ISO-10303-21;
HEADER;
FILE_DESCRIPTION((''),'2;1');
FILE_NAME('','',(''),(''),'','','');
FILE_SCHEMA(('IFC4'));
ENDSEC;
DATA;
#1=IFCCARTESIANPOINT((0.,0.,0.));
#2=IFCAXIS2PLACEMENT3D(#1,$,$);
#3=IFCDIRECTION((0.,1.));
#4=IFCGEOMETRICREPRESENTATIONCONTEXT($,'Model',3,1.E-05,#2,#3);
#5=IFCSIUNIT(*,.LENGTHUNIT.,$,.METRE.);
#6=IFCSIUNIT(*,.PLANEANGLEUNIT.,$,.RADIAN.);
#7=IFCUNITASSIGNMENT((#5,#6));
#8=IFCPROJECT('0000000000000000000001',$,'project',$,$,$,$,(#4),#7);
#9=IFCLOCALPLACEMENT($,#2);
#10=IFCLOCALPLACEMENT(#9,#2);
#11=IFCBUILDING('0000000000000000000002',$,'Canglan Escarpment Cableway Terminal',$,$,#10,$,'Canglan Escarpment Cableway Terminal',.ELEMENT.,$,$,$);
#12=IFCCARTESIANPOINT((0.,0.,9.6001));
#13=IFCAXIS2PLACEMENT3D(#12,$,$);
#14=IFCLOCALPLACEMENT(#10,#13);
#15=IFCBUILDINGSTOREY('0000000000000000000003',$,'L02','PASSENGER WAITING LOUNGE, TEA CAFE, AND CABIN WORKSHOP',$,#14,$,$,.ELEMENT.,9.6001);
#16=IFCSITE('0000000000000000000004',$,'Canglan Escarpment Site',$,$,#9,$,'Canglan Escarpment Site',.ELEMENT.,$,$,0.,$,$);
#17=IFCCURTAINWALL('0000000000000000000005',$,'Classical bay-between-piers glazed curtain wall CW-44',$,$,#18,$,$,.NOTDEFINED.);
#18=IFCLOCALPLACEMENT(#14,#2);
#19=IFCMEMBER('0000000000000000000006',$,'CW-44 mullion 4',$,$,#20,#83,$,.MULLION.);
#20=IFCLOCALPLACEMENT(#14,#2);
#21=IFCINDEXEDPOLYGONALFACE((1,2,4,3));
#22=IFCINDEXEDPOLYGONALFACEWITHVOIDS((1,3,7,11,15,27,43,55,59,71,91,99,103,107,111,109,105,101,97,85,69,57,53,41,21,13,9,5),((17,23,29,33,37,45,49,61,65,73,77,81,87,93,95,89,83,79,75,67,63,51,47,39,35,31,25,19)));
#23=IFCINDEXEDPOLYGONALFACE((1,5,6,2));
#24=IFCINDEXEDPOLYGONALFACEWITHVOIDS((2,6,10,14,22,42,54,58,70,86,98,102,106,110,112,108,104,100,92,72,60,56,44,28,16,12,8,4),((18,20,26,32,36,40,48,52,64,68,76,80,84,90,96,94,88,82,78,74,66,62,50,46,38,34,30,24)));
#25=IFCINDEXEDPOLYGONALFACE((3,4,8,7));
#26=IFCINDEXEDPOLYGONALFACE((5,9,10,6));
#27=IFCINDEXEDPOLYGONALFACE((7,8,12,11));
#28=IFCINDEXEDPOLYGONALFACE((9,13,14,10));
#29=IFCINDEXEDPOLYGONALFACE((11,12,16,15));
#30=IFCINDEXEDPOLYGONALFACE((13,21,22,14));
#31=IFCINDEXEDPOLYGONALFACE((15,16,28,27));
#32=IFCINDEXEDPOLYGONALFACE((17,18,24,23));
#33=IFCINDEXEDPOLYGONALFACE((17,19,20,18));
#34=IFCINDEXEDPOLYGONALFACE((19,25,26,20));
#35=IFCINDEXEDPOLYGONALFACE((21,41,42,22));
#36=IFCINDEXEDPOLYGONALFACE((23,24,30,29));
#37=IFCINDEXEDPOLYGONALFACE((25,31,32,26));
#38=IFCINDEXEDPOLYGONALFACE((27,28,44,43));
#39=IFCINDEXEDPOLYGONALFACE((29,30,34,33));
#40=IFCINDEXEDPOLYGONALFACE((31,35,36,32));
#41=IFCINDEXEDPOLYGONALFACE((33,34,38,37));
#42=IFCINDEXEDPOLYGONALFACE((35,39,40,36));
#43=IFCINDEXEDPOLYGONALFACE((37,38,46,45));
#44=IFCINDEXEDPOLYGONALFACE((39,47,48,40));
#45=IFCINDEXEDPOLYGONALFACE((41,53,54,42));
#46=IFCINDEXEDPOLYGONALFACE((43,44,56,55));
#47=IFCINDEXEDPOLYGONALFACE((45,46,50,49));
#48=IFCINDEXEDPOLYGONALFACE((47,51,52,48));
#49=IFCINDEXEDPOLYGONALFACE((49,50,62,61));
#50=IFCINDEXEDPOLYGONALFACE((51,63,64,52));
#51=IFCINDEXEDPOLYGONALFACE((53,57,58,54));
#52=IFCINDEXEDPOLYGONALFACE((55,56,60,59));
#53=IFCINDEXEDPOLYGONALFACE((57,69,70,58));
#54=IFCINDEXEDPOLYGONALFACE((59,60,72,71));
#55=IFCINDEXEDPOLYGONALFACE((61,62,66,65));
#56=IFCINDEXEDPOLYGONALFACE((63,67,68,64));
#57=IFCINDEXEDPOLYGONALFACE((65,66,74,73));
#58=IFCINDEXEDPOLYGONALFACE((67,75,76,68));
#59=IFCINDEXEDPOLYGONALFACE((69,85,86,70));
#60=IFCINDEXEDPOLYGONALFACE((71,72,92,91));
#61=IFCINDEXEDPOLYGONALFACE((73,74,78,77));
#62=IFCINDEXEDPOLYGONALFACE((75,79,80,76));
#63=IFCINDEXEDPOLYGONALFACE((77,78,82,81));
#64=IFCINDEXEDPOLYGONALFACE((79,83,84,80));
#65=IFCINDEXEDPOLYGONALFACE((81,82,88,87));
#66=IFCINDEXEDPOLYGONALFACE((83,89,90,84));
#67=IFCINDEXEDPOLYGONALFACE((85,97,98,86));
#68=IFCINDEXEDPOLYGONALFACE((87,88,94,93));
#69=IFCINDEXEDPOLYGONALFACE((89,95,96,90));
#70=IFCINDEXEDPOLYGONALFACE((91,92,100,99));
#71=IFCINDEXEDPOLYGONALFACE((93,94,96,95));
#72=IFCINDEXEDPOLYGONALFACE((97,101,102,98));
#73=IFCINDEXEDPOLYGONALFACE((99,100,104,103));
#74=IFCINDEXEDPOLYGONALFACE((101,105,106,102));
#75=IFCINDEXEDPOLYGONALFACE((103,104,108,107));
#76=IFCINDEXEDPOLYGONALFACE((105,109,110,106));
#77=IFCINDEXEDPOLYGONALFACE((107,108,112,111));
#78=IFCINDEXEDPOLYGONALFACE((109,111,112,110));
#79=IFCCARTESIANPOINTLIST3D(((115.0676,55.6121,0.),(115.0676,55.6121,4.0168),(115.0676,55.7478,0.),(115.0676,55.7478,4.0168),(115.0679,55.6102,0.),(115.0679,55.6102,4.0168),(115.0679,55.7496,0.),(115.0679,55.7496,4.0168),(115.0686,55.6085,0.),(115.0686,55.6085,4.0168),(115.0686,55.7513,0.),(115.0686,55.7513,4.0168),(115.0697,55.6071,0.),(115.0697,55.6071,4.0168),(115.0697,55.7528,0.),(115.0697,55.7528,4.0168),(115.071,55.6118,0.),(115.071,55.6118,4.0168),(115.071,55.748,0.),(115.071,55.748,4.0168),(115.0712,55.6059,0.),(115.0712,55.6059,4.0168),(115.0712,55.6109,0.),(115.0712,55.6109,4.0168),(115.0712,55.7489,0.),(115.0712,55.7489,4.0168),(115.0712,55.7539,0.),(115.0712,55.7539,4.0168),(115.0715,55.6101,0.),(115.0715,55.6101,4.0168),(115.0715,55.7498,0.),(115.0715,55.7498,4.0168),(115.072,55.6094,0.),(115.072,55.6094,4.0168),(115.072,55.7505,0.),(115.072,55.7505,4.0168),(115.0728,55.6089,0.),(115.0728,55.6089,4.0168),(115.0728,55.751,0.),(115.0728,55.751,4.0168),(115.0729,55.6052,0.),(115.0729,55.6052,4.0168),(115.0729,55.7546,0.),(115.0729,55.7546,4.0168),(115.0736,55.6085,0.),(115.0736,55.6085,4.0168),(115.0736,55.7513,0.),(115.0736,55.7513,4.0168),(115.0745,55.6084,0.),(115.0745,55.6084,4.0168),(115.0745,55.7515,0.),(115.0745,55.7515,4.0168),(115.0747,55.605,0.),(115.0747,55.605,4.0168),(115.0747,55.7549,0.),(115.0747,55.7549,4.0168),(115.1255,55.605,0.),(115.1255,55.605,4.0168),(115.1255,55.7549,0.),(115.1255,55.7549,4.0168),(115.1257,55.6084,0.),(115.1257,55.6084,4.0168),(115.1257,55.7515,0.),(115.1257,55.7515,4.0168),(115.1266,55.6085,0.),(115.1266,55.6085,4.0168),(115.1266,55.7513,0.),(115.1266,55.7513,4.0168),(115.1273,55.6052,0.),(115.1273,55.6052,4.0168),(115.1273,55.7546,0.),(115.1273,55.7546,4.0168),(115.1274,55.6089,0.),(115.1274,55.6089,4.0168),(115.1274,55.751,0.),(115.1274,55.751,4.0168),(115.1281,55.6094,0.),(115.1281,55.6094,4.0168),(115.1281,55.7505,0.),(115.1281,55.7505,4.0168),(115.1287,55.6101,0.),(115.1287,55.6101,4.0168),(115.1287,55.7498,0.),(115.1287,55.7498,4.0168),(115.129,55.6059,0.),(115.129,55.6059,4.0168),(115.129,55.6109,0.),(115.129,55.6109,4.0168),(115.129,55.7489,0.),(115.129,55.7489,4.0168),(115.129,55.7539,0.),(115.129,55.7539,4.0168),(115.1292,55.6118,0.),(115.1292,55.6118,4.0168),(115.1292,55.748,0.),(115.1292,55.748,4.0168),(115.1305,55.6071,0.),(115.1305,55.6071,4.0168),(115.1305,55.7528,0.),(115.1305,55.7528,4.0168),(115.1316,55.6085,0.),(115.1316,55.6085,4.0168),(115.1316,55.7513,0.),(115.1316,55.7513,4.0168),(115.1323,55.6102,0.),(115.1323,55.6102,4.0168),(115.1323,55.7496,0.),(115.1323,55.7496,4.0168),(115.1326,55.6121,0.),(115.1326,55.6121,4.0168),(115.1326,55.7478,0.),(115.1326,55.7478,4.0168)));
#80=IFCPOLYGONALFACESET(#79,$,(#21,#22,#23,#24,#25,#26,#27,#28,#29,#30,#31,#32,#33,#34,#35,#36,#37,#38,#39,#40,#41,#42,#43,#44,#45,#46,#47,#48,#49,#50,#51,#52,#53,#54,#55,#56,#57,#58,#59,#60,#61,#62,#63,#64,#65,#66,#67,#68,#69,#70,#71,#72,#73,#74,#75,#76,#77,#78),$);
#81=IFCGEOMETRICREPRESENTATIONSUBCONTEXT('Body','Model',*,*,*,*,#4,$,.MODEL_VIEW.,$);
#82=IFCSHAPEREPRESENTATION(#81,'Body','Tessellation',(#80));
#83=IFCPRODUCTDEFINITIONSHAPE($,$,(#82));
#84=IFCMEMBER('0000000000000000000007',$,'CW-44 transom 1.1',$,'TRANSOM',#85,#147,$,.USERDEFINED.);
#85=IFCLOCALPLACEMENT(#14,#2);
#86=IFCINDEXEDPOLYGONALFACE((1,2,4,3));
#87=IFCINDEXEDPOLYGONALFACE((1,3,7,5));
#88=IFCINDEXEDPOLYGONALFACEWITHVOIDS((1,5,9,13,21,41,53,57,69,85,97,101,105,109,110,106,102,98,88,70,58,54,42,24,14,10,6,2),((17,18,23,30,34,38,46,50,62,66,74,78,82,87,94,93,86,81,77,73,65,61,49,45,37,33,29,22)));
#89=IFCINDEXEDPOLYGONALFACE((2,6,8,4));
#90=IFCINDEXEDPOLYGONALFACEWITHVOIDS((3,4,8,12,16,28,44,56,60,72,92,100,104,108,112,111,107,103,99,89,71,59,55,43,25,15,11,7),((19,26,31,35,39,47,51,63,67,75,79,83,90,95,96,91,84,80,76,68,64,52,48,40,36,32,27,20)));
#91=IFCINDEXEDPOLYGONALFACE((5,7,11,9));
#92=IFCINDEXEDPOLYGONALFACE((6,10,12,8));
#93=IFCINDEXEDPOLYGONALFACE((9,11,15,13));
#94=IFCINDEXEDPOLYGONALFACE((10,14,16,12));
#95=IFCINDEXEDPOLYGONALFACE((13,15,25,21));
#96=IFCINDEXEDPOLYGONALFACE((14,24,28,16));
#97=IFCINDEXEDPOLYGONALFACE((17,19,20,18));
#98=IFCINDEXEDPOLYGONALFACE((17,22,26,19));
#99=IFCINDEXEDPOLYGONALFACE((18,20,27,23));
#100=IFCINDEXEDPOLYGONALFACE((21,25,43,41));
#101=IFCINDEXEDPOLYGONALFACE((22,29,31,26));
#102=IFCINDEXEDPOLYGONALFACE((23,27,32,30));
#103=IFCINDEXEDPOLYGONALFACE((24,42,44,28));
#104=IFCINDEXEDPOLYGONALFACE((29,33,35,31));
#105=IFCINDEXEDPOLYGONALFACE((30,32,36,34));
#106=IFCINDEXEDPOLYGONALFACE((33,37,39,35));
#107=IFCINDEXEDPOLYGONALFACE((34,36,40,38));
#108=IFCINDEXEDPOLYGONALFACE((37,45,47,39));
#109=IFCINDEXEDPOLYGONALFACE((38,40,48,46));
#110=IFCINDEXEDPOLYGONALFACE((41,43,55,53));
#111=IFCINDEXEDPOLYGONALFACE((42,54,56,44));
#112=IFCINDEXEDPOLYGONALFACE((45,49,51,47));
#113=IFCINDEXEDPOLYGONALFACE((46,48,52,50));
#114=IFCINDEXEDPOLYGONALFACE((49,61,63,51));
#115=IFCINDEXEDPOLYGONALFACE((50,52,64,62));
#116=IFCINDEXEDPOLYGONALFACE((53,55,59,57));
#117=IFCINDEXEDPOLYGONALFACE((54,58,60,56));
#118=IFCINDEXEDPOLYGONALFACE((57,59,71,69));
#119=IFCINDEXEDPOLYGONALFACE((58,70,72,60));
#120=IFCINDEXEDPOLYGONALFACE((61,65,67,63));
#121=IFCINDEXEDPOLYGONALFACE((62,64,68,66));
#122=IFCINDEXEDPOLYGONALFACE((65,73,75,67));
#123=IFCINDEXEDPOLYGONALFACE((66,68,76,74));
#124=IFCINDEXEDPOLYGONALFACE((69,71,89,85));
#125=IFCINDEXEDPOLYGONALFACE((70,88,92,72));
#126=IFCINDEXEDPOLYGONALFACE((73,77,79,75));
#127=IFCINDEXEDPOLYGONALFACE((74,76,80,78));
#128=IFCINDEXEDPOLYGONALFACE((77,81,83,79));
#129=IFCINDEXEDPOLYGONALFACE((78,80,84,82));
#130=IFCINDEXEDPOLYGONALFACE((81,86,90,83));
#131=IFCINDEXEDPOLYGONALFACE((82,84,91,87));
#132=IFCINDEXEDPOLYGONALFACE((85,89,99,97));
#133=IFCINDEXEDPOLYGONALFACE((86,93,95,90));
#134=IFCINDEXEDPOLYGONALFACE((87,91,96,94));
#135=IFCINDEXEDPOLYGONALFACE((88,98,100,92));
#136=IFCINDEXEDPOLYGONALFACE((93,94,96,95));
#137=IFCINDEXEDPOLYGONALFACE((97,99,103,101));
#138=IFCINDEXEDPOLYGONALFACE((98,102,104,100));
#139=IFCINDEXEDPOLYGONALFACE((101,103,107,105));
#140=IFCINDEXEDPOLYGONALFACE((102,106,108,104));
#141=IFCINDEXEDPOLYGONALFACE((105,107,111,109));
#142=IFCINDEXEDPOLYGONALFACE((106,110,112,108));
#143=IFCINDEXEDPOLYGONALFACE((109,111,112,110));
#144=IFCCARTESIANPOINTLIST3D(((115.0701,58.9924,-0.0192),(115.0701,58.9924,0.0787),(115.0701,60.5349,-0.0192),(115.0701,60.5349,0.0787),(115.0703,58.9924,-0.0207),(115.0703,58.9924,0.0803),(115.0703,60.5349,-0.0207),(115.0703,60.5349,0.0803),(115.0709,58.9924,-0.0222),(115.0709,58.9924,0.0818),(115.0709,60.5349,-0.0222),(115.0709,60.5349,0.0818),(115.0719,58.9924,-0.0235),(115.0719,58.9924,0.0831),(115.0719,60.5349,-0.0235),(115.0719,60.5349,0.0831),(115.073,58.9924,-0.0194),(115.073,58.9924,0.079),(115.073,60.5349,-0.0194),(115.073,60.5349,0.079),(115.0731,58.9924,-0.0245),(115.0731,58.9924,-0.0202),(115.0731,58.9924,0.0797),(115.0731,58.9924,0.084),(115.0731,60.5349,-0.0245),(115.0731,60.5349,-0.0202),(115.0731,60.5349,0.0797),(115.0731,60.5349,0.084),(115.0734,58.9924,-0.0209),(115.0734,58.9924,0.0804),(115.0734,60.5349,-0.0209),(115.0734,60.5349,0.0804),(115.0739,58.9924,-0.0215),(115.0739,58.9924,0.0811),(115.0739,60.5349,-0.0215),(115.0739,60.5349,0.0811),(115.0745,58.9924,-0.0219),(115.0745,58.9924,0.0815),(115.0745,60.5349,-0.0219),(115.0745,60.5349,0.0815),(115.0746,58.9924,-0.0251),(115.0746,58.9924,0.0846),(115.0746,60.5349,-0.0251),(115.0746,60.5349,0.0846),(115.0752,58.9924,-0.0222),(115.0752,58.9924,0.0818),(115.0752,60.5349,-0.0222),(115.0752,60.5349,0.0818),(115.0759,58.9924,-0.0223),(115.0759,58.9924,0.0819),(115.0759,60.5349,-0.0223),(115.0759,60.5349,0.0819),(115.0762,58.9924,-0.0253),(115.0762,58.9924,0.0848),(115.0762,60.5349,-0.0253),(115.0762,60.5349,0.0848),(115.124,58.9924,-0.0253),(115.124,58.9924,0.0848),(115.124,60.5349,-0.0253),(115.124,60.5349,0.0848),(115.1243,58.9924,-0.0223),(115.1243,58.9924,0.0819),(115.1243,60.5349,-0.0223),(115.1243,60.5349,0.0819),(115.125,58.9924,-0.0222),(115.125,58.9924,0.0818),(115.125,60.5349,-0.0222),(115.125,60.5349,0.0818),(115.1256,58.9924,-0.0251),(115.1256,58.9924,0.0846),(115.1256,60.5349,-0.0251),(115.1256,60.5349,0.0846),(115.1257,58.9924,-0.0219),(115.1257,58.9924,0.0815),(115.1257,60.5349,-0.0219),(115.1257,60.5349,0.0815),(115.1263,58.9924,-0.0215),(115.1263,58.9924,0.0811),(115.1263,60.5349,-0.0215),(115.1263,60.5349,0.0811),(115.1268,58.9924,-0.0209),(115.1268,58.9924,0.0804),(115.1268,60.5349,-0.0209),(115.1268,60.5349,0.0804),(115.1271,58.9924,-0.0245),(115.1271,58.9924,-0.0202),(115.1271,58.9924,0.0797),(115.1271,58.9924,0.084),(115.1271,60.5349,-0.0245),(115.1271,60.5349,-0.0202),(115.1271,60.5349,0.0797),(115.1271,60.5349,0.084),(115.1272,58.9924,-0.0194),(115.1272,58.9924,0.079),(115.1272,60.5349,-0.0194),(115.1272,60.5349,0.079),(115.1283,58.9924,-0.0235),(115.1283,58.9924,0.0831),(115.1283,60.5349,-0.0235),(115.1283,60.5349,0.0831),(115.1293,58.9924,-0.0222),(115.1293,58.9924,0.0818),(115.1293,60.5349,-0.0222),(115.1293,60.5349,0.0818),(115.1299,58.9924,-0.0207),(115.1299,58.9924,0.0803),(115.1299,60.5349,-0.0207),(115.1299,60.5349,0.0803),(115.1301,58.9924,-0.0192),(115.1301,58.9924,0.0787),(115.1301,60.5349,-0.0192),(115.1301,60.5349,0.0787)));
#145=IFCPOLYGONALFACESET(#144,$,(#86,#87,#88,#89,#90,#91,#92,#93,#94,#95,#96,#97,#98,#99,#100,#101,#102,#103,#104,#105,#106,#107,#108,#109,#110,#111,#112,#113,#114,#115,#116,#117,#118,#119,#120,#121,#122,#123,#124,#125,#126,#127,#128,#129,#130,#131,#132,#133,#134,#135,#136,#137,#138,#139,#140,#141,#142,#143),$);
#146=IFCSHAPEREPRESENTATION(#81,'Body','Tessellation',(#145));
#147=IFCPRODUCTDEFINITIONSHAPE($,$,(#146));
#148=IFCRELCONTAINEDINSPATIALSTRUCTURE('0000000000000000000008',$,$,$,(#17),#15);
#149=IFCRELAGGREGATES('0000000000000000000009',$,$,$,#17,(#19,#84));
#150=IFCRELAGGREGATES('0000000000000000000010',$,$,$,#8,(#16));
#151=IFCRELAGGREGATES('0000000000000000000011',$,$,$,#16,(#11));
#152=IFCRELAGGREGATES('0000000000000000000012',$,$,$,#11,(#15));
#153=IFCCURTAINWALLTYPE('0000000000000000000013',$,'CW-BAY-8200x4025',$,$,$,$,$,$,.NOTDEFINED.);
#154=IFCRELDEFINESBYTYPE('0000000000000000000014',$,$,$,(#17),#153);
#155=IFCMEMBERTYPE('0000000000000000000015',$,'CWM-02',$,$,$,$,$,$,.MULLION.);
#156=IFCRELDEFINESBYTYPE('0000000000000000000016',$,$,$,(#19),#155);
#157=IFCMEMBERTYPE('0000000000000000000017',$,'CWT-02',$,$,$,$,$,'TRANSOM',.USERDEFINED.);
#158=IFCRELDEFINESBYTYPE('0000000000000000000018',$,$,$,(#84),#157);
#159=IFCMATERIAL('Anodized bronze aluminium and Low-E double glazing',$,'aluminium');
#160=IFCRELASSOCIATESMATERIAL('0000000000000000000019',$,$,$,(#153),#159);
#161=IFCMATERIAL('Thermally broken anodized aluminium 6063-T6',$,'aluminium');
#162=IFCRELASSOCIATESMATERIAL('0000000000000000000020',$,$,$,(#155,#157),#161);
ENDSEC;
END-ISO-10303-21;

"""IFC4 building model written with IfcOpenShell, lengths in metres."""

from ifc_helpers import new_model, si_unit, direction, frame, origin, origin_2d, place, context, subcontext, project, spatial, hollow_rectangle, extrude, material, material_profile, profile_set, type_object, element, aggregate, save


model = new_model("IFC4")

# Units and contexts
model_context = context("Model", 3, precision=1e-05, world=origin(), true_north=direction((0.0, 1.0)))
body_context = subcontext(model_context, "Body", "Model", "MODEL_VIEW")
ifc_project = project(units=[si_unit("LENGTHUNIT", "METRE"), si_unit("PLANEANGLEUNIT", "RADIAN")], contexts=[model_context])

# Site, building, storey
site_placement = place(None, origin())
site = spatial("IfcSite", under=ifc_project, at=site_placement, Name="Canglan Escarpment Site", LongName="Canglan Escarpment Site", CompositionType="ELEMENT", RefElevation=0.0)
building_placement = place(site_placement, origin())
building = spatial("IfcBuilding", under=site, at=building_placement, Name="Canglan Escarpment Cableway Terminal", LongName="Canglan Escarpment Cableway Terminal", CompositionType="ELEMENT")
storey_placement = place(building_placement, frame((0.0, 0.0, 9.6001)))
storey = spatial("IfcBuildingStorey", under=building, at=storey_placement, Name="L02", Description="PASSENGER WAITING LOUNGE, TEA CAFE, AND CABIN WORKSHOP", CompositionType="ELEMENT", Elevation=9.6001)

# Curtain wall, members
ifc_material_1 = material(Name="Anodized bronze aluminium and Low-E double glazing", Category="aluminium")
curtain_wall_type = type_object("IfcCurtainWallType", Name="CW-BAY-8200x4025", PredefinedType="NOTDEFINED", material=ifc_material_1)
curtain_wall_placement = place(storey_placement, origin())
curtain_wall = element("IfcCurtainWall", 1, at=curtain_wall_placement, inside=storey, type_object=curtain_wall_type, Name="Classical bay-between-piers glazed curtain wall CW-44", PredefinedType="NOTDEFINED")
ifc_material_2 = material(Name="Thermally broken anodized aluminium 6063-T6", Category="aluminium")
ifc_material_profile_1 = material_profile(ifc_material_2, hollow_rectangle(XDim=0.0649, YDim=0.1499, WallThickness=0.0034, InnerFilletRadius=0.0034, OuterFilletRadius=0.0071, at=origin_2d()), Name="ALU-MULL 65x150x3.5")
ifc_profile_set_1 = profile_set([ifc_material_profile_1], Name="Thermally broken anodized aluminium 6063-T6")
member_type_1 = type_object("IfcMemberType", Name="CWM-02", PredefinedType="MULLION", material=ifc_profile_set_1)
member_1_placement = place(storey_placement, frame((115.1001, 55.6799, 0.0), z_axis=(0.0, 0.0, 1.0), x_axis=(1.0, 0.0, 0.0)))
member_1 = element("IfcMember", 2, at=member_1_placement, type_object=member_type_1, Name="CW-44 mullion 4", PredefinedType="MULLION", context=body_context, shape_type="SweptSolid", body=[
    extrude(hollow_rectangle(XDim=0.0649, YDim=0.1499, WallThickness=0.0034, InnerFilletRadius=0.0034, OuterFilletRadius=0.0071, at=origin_2d()), origin(), (0.0, 0.0, 1.0), 4.0168),
])
ifc_material_profile_2 = material_profile(ifc_material_2, hollow_rectangle(XDim=0.0601, YDim=0.1101, WallThickness=0.0029, InnerFilletRadius=0.0029, OuterFilletRadius=0.0061, at=origin_2d()), Name="ALU-TRAN 60x110x3")
ifc_profile_set_2 = profile_set([ifc_material_profile_2], Name="Thermally broken anodized aluminium 6063-T6")
member_type_2 = type_object("IfcMemberType", Name="CWT-02", ElementType="TRANSOM", PredefinedType="USERDEFINED", material=ifc_profile_set_2)
member_2_placement = place(storey_placement, frame((115.1001, 60.5349, 0.0298), z_axis=(0.0, -1.0, 0.0), x_axis=(1.0, 0.0, 0.0)))
member_2 = element("IfcMember", 3, at=member_2_placement, type_object=member_type_2, Name="CW-44 transom 1.1", ObjectType="TRANSOM", PredefinedType="USERDEFINED", context=body_context, shape_type="SweptSolid", body=[
    extrude(hollow_rectangle(XDim=0.0601, YDim=0.1101, WallThickness=0.0029, InnerFilletRadius=0.0029, OuterFilletRadius=0.0061, at=origin_2d()), origin(), (0.0, 0.0, 1.0), 1.5425),
])

aggregate(curtain_wall, [member_1, member_2])

save(model, "model.ifc")
